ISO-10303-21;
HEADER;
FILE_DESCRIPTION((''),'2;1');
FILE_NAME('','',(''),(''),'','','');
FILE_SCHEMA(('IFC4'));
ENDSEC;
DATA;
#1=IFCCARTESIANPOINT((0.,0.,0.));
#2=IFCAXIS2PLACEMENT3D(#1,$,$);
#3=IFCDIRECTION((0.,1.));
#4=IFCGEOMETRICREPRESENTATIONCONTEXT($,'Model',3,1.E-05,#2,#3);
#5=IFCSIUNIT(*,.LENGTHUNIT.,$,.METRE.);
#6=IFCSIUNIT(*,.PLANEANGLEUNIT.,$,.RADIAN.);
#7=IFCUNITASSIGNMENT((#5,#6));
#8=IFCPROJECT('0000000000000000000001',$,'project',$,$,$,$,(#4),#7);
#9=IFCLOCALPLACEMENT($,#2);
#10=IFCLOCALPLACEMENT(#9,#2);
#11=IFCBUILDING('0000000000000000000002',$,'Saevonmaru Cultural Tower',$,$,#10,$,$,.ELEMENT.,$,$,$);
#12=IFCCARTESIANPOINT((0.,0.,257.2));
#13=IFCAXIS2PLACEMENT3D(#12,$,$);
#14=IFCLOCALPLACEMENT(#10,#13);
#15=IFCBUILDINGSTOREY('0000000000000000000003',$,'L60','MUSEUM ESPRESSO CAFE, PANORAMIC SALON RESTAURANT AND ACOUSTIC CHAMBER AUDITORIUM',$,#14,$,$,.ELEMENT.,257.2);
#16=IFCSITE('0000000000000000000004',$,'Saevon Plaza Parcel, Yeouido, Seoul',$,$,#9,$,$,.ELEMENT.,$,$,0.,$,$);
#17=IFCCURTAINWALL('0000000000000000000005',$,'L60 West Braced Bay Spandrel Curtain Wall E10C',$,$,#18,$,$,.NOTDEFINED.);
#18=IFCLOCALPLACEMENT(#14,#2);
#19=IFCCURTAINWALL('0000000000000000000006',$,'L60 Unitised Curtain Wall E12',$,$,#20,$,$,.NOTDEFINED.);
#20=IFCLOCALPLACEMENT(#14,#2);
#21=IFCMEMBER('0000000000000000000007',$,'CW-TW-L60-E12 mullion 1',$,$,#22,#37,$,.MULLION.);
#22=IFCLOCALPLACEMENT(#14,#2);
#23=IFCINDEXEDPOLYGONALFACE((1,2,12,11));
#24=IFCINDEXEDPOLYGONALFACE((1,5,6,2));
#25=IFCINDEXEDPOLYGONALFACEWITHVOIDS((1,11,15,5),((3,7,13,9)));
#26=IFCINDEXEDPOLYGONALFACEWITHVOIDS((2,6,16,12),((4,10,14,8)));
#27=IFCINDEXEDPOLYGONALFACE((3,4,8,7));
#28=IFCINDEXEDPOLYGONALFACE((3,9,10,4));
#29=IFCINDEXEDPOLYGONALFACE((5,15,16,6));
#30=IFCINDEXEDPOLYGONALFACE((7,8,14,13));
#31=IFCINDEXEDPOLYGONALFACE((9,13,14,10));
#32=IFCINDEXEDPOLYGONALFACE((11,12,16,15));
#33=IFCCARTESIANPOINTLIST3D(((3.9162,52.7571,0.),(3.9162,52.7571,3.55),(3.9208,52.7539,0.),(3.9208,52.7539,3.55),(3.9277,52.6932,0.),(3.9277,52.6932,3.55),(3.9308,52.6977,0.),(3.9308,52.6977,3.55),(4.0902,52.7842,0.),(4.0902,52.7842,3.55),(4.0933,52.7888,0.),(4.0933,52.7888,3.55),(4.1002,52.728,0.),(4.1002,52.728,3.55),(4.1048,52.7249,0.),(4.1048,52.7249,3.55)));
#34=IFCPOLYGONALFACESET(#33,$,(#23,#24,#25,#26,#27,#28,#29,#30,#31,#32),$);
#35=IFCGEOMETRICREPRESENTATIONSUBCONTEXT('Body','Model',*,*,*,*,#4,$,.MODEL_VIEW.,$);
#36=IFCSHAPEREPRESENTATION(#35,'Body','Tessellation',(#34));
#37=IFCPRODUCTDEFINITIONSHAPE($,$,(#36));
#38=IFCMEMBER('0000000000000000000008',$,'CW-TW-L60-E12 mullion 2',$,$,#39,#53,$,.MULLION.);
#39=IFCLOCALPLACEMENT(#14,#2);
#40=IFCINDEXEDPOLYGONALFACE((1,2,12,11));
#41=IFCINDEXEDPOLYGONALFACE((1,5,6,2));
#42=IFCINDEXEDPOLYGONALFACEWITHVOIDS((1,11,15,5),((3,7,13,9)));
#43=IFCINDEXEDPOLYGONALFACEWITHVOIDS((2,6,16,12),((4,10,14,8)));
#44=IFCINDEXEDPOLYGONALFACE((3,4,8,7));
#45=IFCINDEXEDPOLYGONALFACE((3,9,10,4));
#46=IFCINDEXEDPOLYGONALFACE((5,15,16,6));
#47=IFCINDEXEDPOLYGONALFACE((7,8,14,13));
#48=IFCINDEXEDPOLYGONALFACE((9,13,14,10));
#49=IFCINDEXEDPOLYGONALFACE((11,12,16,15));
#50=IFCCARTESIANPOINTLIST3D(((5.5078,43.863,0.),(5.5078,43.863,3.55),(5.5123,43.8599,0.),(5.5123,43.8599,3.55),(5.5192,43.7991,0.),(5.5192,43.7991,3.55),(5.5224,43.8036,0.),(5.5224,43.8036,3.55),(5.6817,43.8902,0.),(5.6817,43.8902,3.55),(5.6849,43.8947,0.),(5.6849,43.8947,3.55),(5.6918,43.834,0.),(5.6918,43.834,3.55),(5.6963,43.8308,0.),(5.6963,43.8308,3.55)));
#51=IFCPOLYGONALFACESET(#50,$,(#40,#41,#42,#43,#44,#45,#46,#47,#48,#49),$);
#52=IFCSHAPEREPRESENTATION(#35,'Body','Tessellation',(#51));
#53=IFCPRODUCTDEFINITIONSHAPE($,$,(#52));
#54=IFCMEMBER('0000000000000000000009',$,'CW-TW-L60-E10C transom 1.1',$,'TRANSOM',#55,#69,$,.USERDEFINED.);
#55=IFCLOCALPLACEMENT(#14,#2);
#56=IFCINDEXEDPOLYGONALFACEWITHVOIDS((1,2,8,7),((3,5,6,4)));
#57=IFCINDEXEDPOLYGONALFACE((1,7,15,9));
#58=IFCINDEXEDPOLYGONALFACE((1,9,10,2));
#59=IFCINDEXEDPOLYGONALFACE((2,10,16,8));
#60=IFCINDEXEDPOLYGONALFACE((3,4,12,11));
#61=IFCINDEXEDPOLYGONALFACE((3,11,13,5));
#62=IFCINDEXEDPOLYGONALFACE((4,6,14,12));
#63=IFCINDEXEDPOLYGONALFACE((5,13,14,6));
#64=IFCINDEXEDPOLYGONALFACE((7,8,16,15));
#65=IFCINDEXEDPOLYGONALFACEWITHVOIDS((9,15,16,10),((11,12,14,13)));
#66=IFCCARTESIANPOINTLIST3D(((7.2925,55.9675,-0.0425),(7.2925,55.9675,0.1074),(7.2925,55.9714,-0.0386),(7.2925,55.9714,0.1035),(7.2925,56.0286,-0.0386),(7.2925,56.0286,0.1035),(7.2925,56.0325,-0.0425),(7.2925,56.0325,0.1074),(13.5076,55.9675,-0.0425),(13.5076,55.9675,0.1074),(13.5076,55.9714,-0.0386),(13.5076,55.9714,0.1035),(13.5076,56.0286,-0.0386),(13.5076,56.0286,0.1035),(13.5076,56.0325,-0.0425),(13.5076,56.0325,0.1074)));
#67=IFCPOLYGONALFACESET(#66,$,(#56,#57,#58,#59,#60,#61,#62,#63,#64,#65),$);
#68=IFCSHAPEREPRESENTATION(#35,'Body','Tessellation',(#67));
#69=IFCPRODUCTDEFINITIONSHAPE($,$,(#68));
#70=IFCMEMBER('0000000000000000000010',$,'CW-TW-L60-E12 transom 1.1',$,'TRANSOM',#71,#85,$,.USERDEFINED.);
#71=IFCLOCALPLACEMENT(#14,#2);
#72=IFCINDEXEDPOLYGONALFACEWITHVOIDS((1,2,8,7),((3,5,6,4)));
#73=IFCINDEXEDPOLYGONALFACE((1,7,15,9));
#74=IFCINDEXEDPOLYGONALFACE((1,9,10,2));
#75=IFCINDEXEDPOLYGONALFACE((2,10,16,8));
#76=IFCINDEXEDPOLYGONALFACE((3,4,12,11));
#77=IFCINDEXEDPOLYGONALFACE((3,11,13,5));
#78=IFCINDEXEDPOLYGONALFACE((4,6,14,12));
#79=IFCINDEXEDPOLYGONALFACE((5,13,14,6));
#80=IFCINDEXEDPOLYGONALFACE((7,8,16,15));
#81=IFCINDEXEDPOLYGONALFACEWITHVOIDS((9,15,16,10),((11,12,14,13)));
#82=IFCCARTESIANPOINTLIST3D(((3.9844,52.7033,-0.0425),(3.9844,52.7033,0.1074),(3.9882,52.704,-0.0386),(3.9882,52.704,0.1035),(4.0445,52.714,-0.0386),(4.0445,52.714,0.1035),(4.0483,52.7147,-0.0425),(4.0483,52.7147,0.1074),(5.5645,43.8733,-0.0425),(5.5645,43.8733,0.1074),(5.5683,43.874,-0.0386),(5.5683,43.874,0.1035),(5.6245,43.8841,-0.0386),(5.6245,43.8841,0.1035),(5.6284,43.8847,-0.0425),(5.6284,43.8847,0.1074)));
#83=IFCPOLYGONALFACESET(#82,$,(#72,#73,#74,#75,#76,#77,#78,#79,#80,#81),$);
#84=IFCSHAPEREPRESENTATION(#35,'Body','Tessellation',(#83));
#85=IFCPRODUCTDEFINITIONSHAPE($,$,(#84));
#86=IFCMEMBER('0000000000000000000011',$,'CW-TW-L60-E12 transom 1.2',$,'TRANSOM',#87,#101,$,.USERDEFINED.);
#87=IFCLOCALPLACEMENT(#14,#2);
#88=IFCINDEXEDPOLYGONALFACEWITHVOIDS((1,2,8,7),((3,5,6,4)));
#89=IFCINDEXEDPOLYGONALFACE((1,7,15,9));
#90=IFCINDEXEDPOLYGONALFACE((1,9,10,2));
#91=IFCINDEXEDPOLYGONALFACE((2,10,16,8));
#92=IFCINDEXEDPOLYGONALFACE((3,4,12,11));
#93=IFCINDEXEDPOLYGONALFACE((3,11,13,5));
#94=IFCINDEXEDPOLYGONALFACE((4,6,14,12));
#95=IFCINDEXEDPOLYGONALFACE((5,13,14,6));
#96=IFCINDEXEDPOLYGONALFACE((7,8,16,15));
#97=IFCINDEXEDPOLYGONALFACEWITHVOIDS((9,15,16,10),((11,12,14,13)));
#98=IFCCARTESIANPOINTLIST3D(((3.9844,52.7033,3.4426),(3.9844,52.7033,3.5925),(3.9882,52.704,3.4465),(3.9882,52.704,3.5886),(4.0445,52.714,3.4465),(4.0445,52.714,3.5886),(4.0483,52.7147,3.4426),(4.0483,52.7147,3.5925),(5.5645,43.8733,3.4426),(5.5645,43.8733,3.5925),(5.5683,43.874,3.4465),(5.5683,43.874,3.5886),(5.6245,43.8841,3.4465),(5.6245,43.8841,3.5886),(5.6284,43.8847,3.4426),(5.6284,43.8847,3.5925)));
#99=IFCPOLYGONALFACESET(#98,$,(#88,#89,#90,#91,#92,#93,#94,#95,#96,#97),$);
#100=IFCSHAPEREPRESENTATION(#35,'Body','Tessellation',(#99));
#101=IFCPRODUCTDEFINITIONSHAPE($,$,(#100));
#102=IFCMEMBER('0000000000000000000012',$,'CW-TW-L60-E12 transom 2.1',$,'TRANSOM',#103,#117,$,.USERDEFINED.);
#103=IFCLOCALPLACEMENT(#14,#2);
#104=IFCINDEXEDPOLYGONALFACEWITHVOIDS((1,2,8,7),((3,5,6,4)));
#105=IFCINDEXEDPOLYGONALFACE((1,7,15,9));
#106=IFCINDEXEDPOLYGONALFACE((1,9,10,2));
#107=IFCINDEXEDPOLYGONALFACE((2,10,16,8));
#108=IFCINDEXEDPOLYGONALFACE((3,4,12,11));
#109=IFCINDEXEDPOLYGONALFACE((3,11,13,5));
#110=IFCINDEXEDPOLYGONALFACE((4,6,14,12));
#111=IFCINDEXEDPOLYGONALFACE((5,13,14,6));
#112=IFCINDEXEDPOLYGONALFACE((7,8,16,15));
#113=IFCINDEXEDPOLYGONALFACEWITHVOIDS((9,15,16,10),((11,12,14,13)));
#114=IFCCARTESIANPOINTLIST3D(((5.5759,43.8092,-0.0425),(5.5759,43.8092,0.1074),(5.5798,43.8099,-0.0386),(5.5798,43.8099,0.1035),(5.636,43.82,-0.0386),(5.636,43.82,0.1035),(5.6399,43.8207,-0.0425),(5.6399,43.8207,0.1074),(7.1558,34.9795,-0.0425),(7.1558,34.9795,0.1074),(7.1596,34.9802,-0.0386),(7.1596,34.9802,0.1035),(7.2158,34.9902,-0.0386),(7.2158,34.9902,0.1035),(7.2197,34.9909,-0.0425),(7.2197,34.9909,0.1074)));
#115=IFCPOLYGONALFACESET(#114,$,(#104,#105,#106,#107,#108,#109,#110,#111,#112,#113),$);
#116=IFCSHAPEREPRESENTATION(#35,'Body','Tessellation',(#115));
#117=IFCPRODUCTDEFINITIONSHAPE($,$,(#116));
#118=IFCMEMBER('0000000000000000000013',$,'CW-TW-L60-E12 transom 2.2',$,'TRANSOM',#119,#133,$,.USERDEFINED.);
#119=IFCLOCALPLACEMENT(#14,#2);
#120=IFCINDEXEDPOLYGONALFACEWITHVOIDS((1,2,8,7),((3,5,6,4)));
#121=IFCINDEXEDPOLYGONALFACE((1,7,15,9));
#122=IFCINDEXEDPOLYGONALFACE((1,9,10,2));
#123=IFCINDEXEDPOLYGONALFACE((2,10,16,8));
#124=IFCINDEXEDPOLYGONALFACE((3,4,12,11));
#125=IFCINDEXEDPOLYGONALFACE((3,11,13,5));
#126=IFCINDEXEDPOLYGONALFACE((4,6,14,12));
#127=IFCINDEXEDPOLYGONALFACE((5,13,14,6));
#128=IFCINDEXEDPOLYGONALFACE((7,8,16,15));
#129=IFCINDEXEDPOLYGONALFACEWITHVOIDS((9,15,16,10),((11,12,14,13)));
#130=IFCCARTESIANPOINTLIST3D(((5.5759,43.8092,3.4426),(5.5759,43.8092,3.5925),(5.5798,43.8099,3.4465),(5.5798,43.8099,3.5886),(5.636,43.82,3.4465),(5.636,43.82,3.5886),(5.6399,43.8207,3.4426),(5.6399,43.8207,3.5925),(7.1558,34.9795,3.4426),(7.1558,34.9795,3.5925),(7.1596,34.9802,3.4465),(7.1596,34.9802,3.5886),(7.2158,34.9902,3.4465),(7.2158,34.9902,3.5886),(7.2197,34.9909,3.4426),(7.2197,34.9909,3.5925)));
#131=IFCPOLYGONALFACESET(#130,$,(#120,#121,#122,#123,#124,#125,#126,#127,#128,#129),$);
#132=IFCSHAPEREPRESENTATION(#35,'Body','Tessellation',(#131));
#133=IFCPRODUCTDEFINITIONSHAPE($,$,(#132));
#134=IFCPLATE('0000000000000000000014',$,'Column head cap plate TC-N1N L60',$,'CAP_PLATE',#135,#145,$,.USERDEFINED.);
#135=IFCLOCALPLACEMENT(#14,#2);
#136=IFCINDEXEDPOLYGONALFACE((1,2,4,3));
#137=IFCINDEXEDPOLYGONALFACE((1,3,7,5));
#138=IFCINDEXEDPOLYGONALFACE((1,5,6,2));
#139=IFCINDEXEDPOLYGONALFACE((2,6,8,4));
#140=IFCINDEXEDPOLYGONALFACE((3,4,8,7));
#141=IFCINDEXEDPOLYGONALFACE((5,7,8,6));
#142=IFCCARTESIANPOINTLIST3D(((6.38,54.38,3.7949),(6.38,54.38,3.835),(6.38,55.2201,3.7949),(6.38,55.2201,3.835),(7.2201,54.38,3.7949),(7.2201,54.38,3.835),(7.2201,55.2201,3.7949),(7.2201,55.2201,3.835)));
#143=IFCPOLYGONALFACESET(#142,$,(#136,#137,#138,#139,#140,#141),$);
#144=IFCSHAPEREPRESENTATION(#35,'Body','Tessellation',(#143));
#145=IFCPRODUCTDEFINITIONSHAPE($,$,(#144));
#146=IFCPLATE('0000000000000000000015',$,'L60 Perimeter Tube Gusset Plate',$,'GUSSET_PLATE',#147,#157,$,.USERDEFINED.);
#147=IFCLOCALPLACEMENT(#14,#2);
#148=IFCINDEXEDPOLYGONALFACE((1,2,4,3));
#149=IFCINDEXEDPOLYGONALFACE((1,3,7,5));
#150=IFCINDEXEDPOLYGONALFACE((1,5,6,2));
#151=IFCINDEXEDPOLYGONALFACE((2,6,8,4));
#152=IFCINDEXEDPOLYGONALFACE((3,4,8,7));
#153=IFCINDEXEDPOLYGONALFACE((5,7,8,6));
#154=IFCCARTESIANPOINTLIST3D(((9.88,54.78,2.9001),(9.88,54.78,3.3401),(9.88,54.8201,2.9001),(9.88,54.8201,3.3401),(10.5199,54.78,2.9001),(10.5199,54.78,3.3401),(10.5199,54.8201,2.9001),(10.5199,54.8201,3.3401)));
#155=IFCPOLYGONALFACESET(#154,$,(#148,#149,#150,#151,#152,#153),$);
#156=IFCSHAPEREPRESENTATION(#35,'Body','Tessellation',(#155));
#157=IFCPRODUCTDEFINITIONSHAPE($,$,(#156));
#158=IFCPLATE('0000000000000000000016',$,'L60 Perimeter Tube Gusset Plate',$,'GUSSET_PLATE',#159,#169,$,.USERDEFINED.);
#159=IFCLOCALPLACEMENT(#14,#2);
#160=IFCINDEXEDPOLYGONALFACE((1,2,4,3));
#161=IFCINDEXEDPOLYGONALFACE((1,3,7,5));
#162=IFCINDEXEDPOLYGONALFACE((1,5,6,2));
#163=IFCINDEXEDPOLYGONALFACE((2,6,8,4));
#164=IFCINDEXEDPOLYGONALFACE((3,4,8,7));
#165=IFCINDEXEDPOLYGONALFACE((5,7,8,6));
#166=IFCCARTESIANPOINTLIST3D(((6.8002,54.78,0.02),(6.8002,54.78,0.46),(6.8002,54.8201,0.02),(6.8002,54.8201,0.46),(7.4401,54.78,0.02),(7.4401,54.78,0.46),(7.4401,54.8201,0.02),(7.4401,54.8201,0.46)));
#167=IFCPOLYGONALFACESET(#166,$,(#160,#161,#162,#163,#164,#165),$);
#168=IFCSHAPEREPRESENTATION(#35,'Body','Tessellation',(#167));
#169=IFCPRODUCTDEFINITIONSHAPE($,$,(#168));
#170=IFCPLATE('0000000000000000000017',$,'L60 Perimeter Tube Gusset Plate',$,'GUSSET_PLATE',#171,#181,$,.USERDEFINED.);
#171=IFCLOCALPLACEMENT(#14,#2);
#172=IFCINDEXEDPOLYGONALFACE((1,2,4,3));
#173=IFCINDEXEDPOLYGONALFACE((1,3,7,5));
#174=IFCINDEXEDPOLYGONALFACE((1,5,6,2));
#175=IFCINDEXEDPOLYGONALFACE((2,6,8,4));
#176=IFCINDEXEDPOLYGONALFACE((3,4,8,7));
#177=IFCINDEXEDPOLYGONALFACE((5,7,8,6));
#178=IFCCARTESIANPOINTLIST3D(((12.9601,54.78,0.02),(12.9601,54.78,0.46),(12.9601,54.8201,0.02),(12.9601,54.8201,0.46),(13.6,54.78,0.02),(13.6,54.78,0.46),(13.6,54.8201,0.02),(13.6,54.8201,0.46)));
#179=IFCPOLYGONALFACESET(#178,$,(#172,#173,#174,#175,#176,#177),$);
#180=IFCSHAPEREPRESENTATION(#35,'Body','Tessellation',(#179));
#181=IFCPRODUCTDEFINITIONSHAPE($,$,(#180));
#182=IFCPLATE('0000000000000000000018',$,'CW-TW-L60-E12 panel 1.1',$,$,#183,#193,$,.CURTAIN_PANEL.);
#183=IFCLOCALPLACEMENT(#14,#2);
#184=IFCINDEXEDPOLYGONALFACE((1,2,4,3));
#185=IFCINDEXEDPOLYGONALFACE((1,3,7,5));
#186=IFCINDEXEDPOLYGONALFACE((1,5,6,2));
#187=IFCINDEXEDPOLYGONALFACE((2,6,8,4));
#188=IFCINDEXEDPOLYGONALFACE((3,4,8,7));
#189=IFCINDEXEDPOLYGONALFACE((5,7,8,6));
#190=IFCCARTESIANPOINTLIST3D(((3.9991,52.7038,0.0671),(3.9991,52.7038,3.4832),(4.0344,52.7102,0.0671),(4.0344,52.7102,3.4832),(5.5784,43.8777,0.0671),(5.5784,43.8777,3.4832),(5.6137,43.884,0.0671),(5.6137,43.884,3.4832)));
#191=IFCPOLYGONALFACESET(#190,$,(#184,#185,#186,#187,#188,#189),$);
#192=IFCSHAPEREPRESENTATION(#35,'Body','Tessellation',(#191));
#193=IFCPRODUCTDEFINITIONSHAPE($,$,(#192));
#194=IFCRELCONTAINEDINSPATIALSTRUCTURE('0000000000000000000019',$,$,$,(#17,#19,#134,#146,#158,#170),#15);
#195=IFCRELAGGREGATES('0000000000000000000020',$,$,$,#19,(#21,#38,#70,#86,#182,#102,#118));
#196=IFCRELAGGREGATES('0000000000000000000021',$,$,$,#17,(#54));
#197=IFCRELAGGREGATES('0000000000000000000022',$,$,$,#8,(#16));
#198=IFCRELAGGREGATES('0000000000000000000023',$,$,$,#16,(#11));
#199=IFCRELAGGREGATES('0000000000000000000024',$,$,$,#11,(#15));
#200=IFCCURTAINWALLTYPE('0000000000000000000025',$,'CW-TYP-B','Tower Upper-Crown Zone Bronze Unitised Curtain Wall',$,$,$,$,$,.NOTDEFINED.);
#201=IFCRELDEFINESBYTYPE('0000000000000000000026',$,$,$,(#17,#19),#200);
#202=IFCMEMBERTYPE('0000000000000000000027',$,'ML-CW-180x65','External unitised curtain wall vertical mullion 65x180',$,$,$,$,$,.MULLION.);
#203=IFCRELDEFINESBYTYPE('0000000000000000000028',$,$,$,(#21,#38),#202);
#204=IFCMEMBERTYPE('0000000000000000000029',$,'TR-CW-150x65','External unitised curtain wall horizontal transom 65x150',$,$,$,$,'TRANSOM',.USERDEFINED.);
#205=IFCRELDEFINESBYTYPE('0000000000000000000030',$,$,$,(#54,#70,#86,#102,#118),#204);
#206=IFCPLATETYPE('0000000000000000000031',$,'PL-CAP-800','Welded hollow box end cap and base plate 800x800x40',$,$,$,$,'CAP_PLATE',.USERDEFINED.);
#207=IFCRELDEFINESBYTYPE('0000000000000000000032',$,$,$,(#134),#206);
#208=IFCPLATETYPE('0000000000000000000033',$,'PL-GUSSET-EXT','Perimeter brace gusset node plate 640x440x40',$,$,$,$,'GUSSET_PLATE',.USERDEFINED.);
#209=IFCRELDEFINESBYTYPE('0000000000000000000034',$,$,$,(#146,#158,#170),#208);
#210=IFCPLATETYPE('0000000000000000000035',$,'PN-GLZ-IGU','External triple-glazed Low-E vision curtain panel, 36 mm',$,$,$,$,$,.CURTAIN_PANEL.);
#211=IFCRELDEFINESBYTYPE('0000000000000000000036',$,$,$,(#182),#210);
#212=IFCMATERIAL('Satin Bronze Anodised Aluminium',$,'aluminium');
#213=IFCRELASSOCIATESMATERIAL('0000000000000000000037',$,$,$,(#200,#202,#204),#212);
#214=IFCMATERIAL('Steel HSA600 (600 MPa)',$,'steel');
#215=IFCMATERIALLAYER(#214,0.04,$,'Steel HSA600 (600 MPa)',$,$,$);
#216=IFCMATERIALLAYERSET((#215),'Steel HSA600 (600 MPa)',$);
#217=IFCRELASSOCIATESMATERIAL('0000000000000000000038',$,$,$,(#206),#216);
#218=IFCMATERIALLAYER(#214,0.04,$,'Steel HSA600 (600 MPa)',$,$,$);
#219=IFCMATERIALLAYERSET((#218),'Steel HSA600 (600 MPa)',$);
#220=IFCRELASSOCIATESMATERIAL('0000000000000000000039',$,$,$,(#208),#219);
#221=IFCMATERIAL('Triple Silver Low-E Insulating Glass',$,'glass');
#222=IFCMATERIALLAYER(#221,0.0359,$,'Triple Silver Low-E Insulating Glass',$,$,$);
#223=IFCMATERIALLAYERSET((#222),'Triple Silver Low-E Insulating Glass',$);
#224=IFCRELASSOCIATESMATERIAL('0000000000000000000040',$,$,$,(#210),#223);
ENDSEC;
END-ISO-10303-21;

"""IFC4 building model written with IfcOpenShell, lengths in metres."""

from ifc_helpers import new_model, si_unit, direction, frame, origin, origin_2d, place, context, subcontext, project, spatial, rectangle, hollow_rectangle, extrude, material, layer, layer_set, material_profile, profile_set, type_object, element, aggregate, save


model = new_model("IFC4")

# Units and contexts
model_context = context("Model", 3, precision=1e-05, world=origin(), true_north=direction((0.0, 1.0)))
body_context = subcontext(model_context, "Body", "Model", "MODEL_VIEW")
ifc_project = project(units=[si_unit("LENGTHUNIT", "METRE"), si_unit("PLANEANGLEUNIT", "RADIAN")], contexts=[model_context])

# Site, building, storey
site_placement = place(None, origin())
site = spatial("IfcSite", under=ifc_project, at=site_placement, Name="Saevon Plaza Parcel, Yeouido, Seoul", CompositionType="ELEMENT", RefElevation=0.0)
building_placement = place(site_placement, origin())
building = spatial("IfcBuilding", under=site, at=building_placement, Name="Saevonmaru Cultural Tower", CompositionType="ELEMENT")
storey_placement = place(building_placement, frame((0.0, 0.0, 257.2)))
storey = spatial("IfcBuildingStorey", under=building, at=storey_placement, Name="L60", Description="MUSEUM ESPRESSO CAFE, PANORAMIC SALON RESTAURANT AND ACOUSTIC CHAMBER AUDITORIUM", CompositionType="ELEMENT", Elevation=257.2)

# Curtain wall
ifc_material_1 = material(Name="Satin Bronze Anodised Aluminium", Category="aluminium")
curtain_wall_type = type_object("IfcCurtainWallType", Name="CW-TYP-B", Description="Tower Upper-Crown Zone Bronze Unitised Curtain Wall", PredefinedType="NOTDEFINED", material=ifc_material_1)
curtain_wall_1_placement = place(storey_placement, origin())
curtain_wall_1 = element("IfcCurtainWall", 1, at=curtain_wall_1_placement, inside=storey, type_object=curtain_wall_type, Name="L60 West Braced Bay Spandrel Curtain Wall E10C", PredefinedType="NOTDEFINED")
ifc_material_profile_1 = material_profile(ifc_material_1, hollow_rectangle(XDim=0.0649, YDim=0.1799, WallThickness=0.0039, at=origin_2d()), Name="ALU-MULL-180x65x4")
ifc_profile_set_1 = profile_set([ifc_material_profile_1], Name="Satin Bronze Anodised Aluminium")
member_type_1 = type_object("IfcMemberType", Name="ML-CW-180x65", Description="External unitised curtain wall vertical mullion 65x180", PredefinedType="MULLION", material=ifc_profile_set_1)

# Curtain wall, members
curtain_wall_2_placement = place(storey_placement, origin())
curtain_wall_2 = element("IfcCurtainWall", 2, at=curtain_wall_2_placement, inside=storey, type_object=curtain_wall_type, Name="L60 Unitised Curtain Wall E12", PredefinedType="NOTDEFINED")
member_1_placement = place(storey_placement, frame((4.0105, 52.741, 0.0), z_axis=(0.0, 0.0, 1.0), x_axis=(0.176141, -0.984365, 0.0)))
member_1 = element("IfcMember", 3, at=member_1_placement, type_object=member_type_1, Name="CW-TW-L60-E12 mullion 1", PredefinedType="MULLION", context=body_context, shape_type="SweptSolid", body=[
    extrude(hollow_rectangle(XDim=0.0649, YDim=0.1799, WallThickness=0.0039, at=origin_2d()), origin(), (0.0, 0.0, 1.0), 3.55),
])
member_2_placement = place(storey_placement, frame((5.6021, 43.8469, 0.0), z_axis=(0.0, 0.0, 1.0), x_axis=(0.176141, -0.984365, 0.0)))
member_2 = element("IfcMember", 4, at=member_2_placement, type_object=member_type_1, Name="CW-TW-L60-E12 mullion 2", PredefinedType="MULLION", context=body_context, shape_type="SweptSolid", body=[
    extrude(hollow_rectangle(XDim=0.0649, YDim=0.1799, WallThickness=0.0039, at=origin_2d()), origin(), (0.0, 0.0, 1.0), 3.55),
])

# Members
ifc_material_profile_2 = material_profile(ifc_material_1, hollow_rectangle(XDim=0.0649, YDim=0.1499, WallThickness=0.0039, at=origin_2d()), Name="ALU-TRAN-150x65x4")
ifc_profile_set_2 = profile_set([ifc_material_profile_2], Name="Satin Bronze Anodised Aluminium")
member_type_2 = type_object("IfcMemberType", Name="TR-CW-150x65", Description="External unitised curtain wall horizontal transom 65x150", ElementType="TRANSOM", PredefinedType="USERDEFINED", material=ifc_profile_set_2)
member_3_placement = place(storey_placement, frame((13.5076, 56.0, 0.0325), z_axis=(-1.0, 0.0, 0.0), x_axis=(0.0, -1.0, 0.0)))
member_3 = element("IfcMember", 5, at=member_3_placement, type_object=member_type_2, Name="CW-TW-L60-E10C transom 1.1", ObjectType="TRANSOM", PredefinedType="USERDEFINED", context=body_context, shape_type="SweptSolid", body=[
    extrude(hollow_rectangle(XDim=0.0649, YDim=0.1499, WallThickness=0.0039, at=origin_2d()), origin(), (0.0, 0.0, 1.0), 6.2151),
])
member_4_placement = place(storey_placement, frame((4.0164, 52.709, 0.0325), z_axis=(0.176145, -0.984364, 0.0), x_axis=(0.984364, 0.176145, 0.0)))
member_4 = element("IfcMember", 6, at=member_4_placement, type_object=member_type_2, Name="CW-TW-L60-E12 transom 1.1", ObjectType="TRANSOM", PredefinedType="USERDEFINED", context=body_context, shape_type="SweptSolid", body=[
    extrude(hollow_rectangle(XDim=0.0649, YDim=0.1499, WallThickness=0.0039, at=origin_2d()), origin(), (0.0, 0.0, 1.0), 8.9702),
])
member_5_placement = place(storey_placement, frame((4.0164, 52.709, 3.5176), z_axis=(0.176145, -0.984364, 0.0), x_axis=(0.984364, 0.176145, 0.0)))
member_5 = element("IfcMember", 7, at=member_5_placement, type_object=member_type_2, Name="CW-TW-L60-E12 transom 1.2", ObjectType="TRANSOM", PredefinedType="USERDEFINED", context=body_context, shape_type="SweptSolid", body=[
    extrude(hollow_rectangle(XDim=0.0649, YDim=0.1499, WallThickness=0.0039, at=origin_2d()), origin(), (0.0, 0.0, 1.0), 8.9702),
])
member_6_placement = place(storey_placement, frame((5.6079, 43.8149, 0.0325), z_axis=(0.176123, -0.984368, 0.0), x_axis=(0.984368, 0.176123, 0.0)))
member_6 = element("IfcMember", 8, at=member_6_placement, type_object=member_type_2, Name="CW-TW-L60-E12 transom 2.1", ObjectType="TRANSOM", PredefinedType="USERDEFINED", context=body_context, shape_type="SweptSolid", body=[
    extrude(hollow_rectangle(XDim=0.0649, YDim=0.1499, WallThickness=0.0039, at=origin_2d()), origin(), (0.0, 0.0, 1.0), 8.97),
])
member_7_placement = place(storey_placement, frame((5.6079, 43.8149, 3.5176), z_axis=(0.176123, -0.984368, 0.0), x_axis=(0.984368, 0.176123, 0.0)))
member_7 = element("IfcMember", 9, at=member_7_placement, type_object=member_type_2, Name="CW-TW-L60-E12 transom 2.2", ObjectType="TRANSOM", PredefinedType="USERDEFINED", context=body_context, shape_type="SweptSolid", body=[
    extrude(hollow_rectangle(XDim=0.0649, YDim=0.1499, WallThickness=0.0039, at=origin_2d()), origin(), (0.0, 0.0, 1.0), 8.97),
])

# Plates
ifc_material_2 = material(Name="Steel HSA600 (600 MPa)", Category="steel")
ifc_layer_1 = layer(ifc_material_2, 0.04, Name="Steel HSA600 (600 MPa)")
ifc_layer_set_1 = layer_set([ifc_layer_1], Name="Steel HSA600 (600 MPa)")
plate_type_1 = type_object("IfcPlateType", Name="PL-CAP-800", Description="Welded hollow box end cap and base plate 800x800x40", ElementType="CAP_PLATE", PredefinedType="USERDEFINED", material=ifc_layer_set_1)
plate_1_placement = place(storey_placement, frame((6.8, 54.8, 3.7949), z_axis=(0.0, 0.0, 1.0), x_axis=(1.0, 0.0, 0.0)))
element("IfcPlate", 10, at=plate_1_placement, inside=storey, type_object=plate_type_1, Name="Column head cap plate TC-N1N L60", ObjectType="CAP_PLATE", PredefinedType="USERDEFINED", context=body_context, shape_type="SweptSolid", body=[
    extrude(rectangle(XDim=0.8401, YDim=0.8401, at=origin_2d()), origin(), (0.0, 0.0, 1.0), 0.04),
])
ifc_layer_2 = layer(ifc_material_2, 0.04, Name="Steel HSA600 (600 MPa)")
ifc_layer_set_2 = layer_set([ifc_layer_2], Name="Steel HSA600 (600 MPa)")
plate_type_2 = type_object("IfcPlateType", Name="PL-GUSSET-EXT", Description="Perimeter brace gusset node plate 640x440x40", ElementType="GUSSET_PLATE", PredefinedType="USERDEFINED", material=ifc_layer_set_2)
for number, where, z_axis, x_axis, name in (
    (11, (10.2, 54.8, 2.9001), (0.0, 0.0, 1.0), (1.0, 0.0, 0.0), "L60 Perimeter Tube Gusset Plate"),
    (12, (7.1201, 54.8, 0.02), (0.0, 0.0, 1.0), (1.0, 0.0, 0.0), "L60 Perimeter Tube Gusset Plate"),
    (13, (13.28, 54.8, 0.02), (0.0, 0.0, 1.0), (1.0, 0.0, 0.0), "L60 Perimeter Tube Gusset Plate"),
):
    element("IfcPlate", number, at=place(storey_placement, frame(where, z_axis=z_axis, x_axis=x_axis)), inside=storey, type_object=plate_type_2, Name=name, ObjectType="GUSSET_PLATE", PredefinedType="USERDEFINED", context=body_context, shape_type="SweptSolid", body=[
        extrude(rectangle(XDim=0.6399, YDim=0.04, at=origin_2d()), origin(), (0.0, 0.0, 1.0), 0.4399),
    ])

# Plate
ifc_material_3 = material(Name="Triple Silver Low-E Insulating Glass", Category="glass")
ifc_layer_3 = layer(ifc_material_3, 0.0359, Name="Triple Silver Low-E Insulating Glass")
ifc_layer_set_3 = layer_set([ifc_layer_3], Name="Triple Silver Low-E Insulating Glass")
plate_type_3 = type_object("IfcPlateType", Name="PN-GLZ-IGU", Description="External triple-glazed Low-E vision curtain panel, 36 mm", PredefinedType="CURTAIN_PANEL", material=ifc_layer_set_3)
plate_2_placement = place(storey_placement, frame((4.8064, 48.2939, 0.0671), z_axis=(0.0, 0.0, 1.0), x_axis=(0.176141, -0.984365, 0.0)))
plate_2 = element("IfcPlate", 14, at=plate_2_placement, type_object=plate_type_3, Name="CW-TW-L60-E12 panel 1.1", PredefinedType="CURTAIN_PANEL", context=body_context, shape_type="SweptSolid", body=[
    extrude(rectangle(XDim=8.9663, YDim=0.0359, at=origin_2d()), origin(), (0.0, 0.0, 1.0), 3.416),
])
aggregate(curtain_wall_2, [member_1, member_2, member_4, member_5, plate_2, member_6, member_7])
aggregate(curtain_wall_1, [member_3])

save(model, "model.ifc")
